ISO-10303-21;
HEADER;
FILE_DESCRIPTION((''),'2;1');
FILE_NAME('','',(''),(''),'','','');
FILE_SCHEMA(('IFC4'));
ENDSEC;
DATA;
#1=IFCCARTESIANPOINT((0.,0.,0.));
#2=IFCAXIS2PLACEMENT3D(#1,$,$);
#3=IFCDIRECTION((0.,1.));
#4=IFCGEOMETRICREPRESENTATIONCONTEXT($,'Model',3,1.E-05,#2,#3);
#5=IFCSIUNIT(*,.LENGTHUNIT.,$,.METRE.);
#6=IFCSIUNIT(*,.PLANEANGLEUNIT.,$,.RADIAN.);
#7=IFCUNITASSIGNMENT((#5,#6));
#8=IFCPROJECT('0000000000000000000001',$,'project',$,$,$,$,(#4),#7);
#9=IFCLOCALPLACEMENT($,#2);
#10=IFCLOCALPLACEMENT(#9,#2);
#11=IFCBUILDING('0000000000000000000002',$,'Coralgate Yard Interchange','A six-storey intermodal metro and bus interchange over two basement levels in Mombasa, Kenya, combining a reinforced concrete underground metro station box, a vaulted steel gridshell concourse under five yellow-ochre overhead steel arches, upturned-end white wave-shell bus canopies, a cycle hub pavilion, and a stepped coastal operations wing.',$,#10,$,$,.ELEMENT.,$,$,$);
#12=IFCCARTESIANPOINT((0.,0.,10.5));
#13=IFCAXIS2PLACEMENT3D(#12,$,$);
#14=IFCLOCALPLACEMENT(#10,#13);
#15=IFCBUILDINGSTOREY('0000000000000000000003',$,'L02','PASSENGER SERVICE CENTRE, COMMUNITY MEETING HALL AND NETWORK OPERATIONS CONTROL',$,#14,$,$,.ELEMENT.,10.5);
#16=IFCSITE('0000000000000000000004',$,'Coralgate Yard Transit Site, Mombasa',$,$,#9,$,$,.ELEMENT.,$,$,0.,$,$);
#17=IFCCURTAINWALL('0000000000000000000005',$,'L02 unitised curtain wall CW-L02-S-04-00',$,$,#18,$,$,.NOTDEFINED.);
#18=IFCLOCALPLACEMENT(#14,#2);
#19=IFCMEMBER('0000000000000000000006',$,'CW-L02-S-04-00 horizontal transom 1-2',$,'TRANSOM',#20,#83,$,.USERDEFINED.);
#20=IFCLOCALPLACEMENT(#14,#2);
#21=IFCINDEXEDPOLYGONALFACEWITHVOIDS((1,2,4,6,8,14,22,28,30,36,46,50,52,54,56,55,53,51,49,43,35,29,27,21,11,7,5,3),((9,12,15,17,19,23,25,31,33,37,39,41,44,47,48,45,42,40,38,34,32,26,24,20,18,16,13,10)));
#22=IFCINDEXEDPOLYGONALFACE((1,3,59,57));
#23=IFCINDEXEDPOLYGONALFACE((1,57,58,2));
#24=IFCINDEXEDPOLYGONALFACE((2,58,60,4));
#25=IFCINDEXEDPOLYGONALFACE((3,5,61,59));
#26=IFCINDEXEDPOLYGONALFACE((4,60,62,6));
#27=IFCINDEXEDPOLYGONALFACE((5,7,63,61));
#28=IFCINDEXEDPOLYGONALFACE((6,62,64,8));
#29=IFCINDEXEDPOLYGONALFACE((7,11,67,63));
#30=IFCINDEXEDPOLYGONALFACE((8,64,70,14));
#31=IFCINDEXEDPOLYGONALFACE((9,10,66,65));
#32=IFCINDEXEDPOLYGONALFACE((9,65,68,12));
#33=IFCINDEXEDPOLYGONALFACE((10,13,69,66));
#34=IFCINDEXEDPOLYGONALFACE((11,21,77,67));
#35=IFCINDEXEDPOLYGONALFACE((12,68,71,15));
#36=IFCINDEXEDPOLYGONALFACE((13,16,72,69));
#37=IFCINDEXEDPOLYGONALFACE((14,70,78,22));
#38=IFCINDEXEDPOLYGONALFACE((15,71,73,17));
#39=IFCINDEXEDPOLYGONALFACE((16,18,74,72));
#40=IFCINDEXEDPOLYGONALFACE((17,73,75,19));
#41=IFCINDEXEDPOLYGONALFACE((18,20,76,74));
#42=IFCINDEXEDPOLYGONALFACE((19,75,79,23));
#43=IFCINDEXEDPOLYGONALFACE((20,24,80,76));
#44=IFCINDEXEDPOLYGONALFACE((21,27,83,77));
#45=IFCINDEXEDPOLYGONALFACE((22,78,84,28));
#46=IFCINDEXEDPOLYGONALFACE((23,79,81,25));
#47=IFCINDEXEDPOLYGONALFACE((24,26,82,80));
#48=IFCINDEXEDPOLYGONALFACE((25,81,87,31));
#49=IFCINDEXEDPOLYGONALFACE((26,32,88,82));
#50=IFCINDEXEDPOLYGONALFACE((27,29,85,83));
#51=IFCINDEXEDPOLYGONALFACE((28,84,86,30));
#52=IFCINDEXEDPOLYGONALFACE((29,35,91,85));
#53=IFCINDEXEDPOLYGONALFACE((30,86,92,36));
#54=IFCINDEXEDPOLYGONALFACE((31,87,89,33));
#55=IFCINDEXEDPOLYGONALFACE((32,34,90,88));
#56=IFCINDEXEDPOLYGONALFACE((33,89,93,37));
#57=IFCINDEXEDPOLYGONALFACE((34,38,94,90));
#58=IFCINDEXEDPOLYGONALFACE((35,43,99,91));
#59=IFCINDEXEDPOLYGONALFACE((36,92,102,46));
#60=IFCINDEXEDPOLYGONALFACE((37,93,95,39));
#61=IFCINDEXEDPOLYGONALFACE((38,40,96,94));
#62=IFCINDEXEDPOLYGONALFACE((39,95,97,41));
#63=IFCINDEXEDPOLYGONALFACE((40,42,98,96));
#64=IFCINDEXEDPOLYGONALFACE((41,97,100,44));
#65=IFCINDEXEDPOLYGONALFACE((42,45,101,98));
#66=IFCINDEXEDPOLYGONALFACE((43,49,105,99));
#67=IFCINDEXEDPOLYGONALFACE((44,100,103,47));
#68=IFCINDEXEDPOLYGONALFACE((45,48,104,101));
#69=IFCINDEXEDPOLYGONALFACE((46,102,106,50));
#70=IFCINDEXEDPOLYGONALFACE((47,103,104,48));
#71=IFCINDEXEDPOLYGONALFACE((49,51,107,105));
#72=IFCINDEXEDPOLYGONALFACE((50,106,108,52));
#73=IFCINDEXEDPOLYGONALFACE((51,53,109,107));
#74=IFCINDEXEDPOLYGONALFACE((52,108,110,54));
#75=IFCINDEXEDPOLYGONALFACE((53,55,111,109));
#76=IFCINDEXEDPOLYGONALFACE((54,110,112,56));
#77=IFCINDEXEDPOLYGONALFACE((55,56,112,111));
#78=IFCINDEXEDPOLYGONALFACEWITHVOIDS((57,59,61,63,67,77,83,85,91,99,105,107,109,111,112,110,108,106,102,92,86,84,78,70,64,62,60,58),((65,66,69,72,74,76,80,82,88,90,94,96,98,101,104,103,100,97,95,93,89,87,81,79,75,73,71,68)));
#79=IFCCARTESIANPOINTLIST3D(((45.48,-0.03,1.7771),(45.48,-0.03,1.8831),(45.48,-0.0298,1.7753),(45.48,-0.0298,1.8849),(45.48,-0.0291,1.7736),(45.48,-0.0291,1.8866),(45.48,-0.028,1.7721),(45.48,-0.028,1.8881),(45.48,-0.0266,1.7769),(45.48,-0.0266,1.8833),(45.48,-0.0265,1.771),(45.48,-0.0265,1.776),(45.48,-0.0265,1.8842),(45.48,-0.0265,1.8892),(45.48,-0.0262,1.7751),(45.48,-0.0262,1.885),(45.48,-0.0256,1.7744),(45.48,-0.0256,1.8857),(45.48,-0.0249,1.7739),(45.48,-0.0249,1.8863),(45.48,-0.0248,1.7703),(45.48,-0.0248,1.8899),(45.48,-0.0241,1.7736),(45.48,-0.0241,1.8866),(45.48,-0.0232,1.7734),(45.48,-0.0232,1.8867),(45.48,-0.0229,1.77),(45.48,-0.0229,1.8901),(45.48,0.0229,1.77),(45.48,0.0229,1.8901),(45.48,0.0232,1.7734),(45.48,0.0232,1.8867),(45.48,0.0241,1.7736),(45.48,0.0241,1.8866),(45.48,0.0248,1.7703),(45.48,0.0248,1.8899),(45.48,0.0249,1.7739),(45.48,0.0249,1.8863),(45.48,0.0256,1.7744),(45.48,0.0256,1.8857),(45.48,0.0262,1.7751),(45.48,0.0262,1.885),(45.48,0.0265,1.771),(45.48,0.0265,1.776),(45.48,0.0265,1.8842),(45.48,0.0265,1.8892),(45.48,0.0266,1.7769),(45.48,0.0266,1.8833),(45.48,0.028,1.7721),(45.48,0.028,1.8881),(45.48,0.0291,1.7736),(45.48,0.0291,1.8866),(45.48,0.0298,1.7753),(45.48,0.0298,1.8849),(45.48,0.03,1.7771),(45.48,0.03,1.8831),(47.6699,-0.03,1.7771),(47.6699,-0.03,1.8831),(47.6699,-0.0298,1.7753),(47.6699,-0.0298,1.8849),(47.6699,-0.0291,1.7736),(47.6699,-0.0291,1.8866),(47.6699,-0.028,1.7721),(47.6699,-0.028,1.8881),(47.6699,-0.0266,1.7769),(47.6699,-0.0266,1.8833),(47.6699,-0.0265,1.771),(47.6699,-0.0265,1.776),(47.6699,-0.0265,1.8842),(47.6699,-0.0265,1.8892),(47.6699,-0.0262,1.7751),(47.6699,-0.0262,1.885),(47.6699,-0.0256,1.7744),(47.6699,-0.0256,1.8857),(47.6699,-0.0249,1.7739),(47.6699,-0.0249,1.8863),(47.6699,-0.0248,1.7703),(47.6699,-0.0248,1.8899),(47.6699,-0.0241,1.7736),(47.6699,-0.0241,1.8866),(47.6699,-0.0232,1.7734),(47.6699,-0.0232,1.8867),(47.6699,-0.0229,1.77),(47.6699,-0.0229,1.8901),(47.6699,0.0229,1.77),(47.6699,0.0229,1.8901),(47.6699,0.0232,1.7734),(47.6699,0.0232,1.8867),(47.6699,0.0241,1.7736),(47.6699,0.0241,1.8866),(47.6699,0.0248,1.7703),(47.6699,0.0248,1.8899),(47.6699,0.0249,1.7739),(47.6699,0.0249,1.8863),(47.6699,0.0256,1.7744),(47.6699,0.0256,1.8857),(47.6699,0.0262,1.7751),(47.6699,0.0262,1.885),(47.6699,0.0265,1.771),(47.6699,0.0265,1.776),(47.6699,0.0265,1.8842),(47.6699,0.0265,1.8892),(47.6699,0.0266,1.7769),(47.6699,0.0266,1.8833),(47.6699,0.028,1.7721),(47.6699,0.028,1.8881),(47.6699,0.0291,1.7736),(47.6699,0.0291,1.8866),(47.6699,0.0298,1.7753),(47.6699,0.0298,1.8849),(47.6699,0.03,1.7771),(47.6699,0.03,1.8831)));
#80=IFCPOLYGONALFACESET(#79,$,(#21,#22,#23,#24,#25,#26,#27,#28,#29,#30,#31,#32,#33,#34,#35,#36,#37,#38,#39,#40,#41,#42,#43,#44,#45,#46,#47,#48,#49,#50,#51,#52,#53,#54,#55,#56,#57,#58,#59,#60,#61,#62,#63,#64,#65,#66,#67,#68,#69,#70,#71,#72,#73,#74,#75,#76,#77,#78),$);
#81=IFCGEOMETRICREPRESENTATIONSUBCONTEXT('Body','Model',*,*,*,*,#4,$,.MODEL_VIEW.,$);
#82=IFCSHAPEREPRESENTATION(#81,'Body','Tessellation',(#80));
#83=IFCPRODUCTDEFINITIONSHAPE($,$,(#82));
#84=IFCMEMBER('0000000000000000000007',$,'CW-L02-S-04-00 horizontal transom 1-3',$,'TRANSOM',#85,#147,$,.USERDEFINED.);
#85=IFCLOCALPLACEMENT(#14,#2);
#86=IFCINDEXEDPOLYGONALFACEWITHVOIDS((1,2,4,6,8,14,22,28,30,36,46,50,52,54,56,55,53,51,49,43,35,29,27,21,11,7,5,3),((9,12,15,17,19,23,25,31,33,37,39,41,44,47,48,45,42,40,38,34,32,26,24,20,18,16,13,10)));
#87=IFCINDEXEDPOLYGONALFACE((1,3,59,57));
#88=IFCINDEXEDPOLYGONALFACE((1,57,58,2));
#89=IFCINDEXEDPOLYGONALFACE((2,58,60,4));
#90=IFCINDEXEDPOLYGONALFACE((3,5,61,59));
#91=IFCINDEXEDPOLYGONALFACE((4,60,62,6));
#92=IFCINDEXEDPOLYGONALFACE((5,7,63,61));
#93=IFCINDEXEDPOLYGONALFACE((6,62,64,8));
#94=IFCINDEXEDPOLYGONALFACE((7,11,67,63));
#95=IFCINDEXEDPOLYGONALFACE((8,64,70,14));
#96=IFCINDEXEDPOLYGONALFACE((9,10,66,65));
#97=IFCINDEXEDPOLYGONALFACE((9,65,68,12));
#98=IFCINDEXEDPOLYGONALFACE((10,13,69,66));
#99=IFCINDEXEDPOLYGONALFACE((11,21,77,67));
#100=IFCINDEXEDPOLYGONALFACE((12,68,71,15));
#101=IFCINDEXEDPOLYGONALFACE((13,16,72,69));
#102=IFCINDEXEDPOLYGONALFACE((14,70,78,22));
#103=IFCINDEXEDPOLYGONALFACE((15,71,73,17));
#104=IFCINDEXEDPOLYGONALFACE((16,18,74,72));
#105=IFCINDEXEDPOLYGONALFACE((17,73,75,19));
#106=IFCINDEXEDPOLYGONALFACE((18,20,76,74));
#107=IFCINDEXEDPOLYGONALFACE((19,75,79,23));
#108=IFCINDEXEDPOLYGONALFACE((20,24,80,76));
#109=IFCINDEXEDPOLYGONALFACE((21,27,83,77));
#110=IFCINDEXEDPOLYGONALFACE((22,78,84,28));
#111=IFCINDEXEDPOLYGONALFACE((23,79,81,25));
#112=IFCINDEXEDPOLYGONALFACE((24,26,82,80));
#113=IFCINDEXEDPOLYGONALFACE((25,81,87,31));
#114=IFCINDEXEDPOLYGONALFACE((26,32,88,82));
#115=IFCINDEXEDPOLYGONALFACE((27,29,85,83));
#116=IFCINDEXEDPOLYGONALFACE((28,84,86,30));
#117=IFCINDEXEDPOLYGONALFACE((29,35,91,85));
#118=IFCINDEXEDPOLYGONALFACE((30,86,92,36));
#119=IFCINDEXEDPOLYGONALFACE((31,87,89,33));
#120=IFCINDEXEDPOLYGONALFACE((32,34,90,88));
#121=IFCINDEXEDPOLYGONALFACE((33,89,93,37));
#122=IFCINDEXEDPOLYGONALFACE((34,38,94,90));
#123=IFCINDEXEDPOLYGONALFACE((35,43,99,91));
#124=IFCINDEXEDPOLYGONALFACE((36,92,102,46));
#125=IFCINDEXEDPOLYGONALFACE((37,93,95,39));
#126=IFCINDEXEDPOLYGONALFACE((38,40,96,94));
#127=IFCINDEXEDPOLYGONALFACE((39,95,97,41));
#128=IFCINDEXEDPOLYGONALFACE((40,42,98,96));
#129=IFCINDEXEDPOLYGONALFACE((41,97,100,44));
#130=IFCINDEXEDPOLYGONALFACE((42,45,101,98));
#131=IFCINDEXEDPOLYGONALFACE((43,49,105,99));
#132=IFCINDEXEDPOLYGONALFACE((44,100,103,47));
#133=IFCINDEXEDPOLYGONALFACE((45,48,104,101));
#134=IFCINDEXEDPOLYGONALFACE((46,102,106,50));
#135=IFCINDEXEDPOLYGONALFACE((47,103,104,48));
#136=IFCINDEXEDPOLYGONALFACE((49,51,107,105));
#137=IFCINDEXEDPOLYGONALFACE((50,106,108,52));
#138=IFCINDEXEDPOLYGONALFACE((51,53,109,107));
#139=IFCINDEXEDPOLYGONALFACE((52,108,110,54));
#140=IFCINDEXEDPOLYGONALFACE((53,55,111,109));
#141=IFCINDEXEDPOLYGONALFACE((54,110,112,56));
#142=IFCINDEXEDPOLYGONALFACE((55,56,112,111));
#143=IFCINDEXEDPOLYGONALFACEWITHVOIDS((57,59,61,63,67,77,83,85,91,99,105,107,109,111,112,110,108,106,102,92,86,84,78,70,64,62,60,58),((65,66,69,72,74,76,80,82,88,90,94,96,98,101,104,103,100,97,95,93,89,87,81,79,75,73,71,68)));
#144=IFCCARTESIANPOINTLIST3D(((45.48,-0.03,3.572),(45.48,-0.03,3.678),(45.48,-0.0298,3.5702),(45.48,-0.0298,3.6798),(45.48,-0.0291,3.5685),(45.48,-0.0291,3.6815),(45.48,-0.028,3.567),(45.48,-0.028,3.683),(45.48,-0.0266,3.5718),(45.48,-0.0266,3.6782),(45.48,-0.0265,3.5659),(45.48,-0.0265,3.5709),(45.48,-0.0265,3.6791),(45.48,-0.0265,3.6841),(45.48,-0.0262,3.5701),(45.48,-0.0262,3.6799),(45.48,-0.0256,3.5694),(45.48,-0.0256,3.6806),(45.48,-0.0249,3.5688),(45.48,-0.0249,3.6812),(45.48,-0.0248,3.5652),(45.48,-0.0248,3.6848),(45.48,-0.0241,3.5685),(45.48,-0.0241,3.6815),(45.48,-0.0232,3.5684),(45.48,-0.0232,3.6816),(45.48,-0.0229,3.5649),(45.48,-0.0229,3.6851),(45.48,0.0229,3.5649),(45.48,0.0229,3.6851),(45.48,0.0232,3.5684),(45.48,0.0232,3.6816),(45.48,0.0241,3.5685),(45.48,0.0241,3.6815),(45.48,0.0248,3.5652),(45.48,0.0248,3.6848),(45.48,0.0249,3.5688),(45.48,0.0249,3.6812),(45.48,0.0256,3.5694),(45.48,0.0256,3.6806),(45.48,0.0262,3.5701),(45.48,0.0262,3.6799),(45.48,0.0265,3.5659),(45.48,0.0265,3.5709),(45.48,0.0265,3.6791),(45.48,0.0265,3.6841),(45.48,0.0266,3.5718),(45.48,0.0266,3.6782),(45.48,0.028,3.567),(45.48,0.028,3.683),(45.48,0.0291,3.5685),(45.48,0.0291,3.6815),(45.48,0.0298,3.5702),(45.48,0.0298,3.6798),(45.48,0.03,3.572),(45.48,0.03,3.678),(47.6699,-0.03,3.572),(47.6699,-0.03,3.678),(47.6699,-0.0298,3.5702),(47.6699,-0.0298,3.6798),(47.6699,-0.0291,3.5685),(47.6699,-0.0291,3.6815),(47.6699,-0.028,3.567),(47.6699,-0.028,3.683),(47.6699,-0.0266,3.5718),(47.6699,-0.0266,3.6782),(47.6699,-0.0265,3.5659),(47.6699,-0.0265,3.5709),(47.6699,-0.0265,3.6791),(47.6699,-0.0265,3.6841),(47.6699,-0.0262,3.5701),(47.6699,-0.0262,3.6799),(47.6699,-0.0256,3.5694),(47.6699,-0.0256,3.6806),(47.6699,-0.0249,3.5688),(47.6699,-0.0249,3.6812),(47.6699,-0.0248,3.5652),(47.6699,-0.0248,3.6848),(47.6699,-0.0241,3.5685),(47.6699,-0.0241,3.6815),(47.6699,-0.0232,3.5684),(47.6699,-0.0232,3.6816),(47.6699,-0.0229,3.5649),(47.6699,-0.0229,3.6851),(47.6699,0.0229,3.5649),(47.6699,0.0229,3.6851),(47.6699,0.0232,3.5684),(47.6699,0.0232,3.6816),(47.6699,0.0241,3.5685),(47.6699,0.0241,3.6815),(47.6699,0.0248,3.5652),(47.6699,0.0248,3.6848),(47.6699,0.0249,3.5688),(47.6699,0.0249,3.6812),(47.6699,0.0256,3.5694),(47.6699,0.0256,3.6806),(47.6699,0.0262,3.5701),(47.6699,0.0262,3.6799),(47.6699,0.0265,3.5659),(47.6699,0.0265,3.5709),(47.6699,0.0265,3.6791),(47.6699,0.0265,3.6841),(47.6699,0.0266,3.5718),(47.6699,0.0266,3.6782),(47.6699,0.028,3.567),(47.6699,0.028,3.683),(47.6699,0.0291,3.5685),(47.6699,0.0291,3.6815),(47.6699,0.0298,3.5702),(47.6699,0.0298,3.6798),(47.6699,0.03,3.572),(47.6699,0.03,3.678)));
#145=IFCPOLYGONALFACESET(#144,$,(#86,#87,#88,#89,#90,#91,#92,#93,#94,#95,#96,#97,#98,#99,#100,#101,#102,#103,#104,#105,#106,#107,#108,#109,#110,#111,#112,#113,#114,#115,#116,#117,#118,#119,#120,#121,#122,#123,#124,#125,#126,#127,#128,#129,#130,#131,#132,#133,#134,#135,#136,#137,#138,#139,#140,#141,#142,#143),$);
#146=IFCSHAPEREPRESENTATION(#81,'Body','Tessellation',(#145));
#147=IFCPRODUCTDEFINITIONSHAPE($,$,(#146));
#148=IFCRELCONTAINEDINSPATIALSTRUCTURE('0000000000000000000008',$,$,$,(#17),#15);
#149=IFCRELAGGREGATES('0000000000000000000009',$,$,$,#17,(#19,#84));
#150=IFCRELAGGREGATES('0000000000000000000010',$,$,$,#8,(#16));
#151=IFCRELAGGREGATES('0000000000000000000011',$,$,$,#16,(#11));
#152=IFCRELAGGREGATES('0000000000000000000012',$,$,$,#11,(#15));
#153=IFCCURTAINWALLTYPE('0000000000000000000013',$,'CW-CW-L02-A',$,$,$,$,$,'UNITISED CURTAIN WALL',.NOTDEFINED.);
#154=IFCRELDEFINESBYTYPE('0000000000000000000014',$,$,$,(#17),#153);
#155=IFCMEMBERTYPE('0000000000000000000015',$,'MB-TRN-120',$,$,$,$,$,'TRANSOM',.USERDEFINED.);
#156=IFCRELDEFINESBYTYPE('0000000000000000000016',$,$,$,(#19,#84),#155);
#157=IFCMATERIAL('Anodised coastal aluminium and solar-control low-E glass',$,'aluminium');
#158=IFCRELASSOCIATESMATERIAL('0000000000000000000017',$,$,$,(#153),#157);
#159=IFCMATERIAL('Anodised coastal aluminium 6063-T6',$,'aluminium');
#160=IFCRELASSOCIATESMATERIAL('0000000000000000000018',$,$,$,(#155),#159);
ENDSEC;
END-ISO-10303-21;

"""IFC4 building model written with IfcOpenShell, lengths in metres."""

from ifc_helpers import new_model, si_unit, direction, frame, origin, origin_2d, place, context, subcontext, project, spatial, hollow_rectangle, extrude, material, material_profile, profile_set, type_object, element, aggregate, save


model = new_model("IFC4")

# Units and contexts
model_context = context("Model", 3, precision=1e-05, world=origin(), true_north=direction((0.0, 1.0)))
body_context = subcontext(model_context, "Body", "Model", "MODEL_VIEW")
ifc_project = project(units=[si_unit("LENGTHUNIT", "METRE"), si_unit("PLANEANGLEUNIT", "RADIAN")], contexts=[model_context])

# Site, building, storey
site_placement = place(None, origin())
site = spatial("IfcSite", under=ifc_project, at=site_placement, Name="Coralgate Yard Transit Site, Mombasa", CompositionType="ELEMENT", RefElevation=0.0)
building_placement = place(site_placement, origin())
building = spatial("IfcBuilding", under=site, at=building_placement, Name="Coralgate Yard Interchange", Description="A six-storey intermodal metro and bus interchange over two basement levels in Mombasa, Kenya, combining a reinforced concrete underground metro station box, a vaulted steel gridshell concourse under five yellow-ochre overhead steel arches, upturned-end white wave-shell bus canopies, a cycle hub pavilion, and a stepped coastal operations wing.", CompositionType="ELEMENT")
storey_placement = place(building_placement, frame((0.0, 0.0, 10.5)))
storey = spatial("IfcBuildingStorey", under=building, at=storey_placement, Name="L02", Description="PASSENGER SERVICE CENTRE, COMMUNITY MEETING HALL AND NETWORK OPERATIONS CONTROL", CompositionType="ELEMENT", Elevation=10.5)

# Curtain wall
ifc_material_1 = material(Name="Anodised coastal aluminium and solar-control low-E glass", Category="aluminium")
curtain_wall_type = type_object("IfcCurtainWallType", Name="CW-CW-L02-A", ElementType="UNITISED CURTAIN WALL", PredefinedType="NOTDEFINED", material=ifc_material_1)
curtain_wall_1_placement = place(storey_placement, origin())
curtain_wall_1 = element("IfcCurtainWall", 1, at=curtain_wall_1_placement, inside=storey, type_object=curtain_wall_type, Name="L02 unitised curtain wall CW-L02-S-04-00", PredefinedType="NOTDEFINED")
ifc_material_2 = material(Name="Anodised coastal aluminium 6063-T6", Category="aluminium")

# Members
ifc_material_profile_1 = material_profile(ifc_material_2, hollow_rectangle(XDim=0.0601, YDim=0.1201, WallThickness=0.0034, InnerFilletRadius=0.0034, OuterFilletRadius=0.0071, at=origin_2d()), Name="ALU 60x120x3.5")
ifc_profile_set_1 = profile_set([ifc_material_profile_1], Name="Anodised coastal aluminium 6063-T6")
member_type_1 = type_object("IfcMemberType", Name="MB-TRN-120", ElementType="TRANSOM", PredefinedType="USERDEFINED", material=ifc_profile_set_1)
member_1_placement = place(storey_placement, frame((47.6699, 0.0, 1.8301), z_axis=(-1.0, 0.0, 0.0), x_axis=(0.0, -1.0, 0.0)))
member_1 = element("IfcMember", 2, at=member_1_placement, type_object=member_type_1, Name="CW-L02-S-04-00 horizontal transom 1-2", ObjectType="TRANSOM", PredefinedType="USERDEFINED", context=body_context, shape_type="SweptSolid", body=[
    extrude(hollow_rectangle(XDim=0.0601, YDim=0.1201, WallThickness=0.0034, InnerFilletRadius=0.0034, OuterFilletRadius=0.0071, at=origin_2d()), origin(), (0.0, 0.0, 1.0), 2.1899),
])
member_2_placement = place(storey_placement, frame((47.6699, 0.0, 3.625), z_axis=(-1.0, 0.0, 0.0), x_axis=(0.0, -1.0, 0.0)))
member_2 = element("IfcMember", 3, at=member_2_placement, type_object=member_type_1, Name="CW-L02-S-04-00 horizontal transom 1-3", ObjectType="TRANSOM", PredefinedType="USERDEFINED", context=body_context, shape_type="SweptSolid", body=[
    extrude(hollow_rectangle(XDim=0.0601, YDim=0.1201, WallThickness=0.0034, InnerFilletRadius=0.0034, OuterFilletRadius=0.0071, at=origin_2d()), origin(), (0.0, 0.0, 1.0), 2.1899),
])
aggregate(curtain_wall_1, [member_1, member_2])

save(model, "model.ifc")
